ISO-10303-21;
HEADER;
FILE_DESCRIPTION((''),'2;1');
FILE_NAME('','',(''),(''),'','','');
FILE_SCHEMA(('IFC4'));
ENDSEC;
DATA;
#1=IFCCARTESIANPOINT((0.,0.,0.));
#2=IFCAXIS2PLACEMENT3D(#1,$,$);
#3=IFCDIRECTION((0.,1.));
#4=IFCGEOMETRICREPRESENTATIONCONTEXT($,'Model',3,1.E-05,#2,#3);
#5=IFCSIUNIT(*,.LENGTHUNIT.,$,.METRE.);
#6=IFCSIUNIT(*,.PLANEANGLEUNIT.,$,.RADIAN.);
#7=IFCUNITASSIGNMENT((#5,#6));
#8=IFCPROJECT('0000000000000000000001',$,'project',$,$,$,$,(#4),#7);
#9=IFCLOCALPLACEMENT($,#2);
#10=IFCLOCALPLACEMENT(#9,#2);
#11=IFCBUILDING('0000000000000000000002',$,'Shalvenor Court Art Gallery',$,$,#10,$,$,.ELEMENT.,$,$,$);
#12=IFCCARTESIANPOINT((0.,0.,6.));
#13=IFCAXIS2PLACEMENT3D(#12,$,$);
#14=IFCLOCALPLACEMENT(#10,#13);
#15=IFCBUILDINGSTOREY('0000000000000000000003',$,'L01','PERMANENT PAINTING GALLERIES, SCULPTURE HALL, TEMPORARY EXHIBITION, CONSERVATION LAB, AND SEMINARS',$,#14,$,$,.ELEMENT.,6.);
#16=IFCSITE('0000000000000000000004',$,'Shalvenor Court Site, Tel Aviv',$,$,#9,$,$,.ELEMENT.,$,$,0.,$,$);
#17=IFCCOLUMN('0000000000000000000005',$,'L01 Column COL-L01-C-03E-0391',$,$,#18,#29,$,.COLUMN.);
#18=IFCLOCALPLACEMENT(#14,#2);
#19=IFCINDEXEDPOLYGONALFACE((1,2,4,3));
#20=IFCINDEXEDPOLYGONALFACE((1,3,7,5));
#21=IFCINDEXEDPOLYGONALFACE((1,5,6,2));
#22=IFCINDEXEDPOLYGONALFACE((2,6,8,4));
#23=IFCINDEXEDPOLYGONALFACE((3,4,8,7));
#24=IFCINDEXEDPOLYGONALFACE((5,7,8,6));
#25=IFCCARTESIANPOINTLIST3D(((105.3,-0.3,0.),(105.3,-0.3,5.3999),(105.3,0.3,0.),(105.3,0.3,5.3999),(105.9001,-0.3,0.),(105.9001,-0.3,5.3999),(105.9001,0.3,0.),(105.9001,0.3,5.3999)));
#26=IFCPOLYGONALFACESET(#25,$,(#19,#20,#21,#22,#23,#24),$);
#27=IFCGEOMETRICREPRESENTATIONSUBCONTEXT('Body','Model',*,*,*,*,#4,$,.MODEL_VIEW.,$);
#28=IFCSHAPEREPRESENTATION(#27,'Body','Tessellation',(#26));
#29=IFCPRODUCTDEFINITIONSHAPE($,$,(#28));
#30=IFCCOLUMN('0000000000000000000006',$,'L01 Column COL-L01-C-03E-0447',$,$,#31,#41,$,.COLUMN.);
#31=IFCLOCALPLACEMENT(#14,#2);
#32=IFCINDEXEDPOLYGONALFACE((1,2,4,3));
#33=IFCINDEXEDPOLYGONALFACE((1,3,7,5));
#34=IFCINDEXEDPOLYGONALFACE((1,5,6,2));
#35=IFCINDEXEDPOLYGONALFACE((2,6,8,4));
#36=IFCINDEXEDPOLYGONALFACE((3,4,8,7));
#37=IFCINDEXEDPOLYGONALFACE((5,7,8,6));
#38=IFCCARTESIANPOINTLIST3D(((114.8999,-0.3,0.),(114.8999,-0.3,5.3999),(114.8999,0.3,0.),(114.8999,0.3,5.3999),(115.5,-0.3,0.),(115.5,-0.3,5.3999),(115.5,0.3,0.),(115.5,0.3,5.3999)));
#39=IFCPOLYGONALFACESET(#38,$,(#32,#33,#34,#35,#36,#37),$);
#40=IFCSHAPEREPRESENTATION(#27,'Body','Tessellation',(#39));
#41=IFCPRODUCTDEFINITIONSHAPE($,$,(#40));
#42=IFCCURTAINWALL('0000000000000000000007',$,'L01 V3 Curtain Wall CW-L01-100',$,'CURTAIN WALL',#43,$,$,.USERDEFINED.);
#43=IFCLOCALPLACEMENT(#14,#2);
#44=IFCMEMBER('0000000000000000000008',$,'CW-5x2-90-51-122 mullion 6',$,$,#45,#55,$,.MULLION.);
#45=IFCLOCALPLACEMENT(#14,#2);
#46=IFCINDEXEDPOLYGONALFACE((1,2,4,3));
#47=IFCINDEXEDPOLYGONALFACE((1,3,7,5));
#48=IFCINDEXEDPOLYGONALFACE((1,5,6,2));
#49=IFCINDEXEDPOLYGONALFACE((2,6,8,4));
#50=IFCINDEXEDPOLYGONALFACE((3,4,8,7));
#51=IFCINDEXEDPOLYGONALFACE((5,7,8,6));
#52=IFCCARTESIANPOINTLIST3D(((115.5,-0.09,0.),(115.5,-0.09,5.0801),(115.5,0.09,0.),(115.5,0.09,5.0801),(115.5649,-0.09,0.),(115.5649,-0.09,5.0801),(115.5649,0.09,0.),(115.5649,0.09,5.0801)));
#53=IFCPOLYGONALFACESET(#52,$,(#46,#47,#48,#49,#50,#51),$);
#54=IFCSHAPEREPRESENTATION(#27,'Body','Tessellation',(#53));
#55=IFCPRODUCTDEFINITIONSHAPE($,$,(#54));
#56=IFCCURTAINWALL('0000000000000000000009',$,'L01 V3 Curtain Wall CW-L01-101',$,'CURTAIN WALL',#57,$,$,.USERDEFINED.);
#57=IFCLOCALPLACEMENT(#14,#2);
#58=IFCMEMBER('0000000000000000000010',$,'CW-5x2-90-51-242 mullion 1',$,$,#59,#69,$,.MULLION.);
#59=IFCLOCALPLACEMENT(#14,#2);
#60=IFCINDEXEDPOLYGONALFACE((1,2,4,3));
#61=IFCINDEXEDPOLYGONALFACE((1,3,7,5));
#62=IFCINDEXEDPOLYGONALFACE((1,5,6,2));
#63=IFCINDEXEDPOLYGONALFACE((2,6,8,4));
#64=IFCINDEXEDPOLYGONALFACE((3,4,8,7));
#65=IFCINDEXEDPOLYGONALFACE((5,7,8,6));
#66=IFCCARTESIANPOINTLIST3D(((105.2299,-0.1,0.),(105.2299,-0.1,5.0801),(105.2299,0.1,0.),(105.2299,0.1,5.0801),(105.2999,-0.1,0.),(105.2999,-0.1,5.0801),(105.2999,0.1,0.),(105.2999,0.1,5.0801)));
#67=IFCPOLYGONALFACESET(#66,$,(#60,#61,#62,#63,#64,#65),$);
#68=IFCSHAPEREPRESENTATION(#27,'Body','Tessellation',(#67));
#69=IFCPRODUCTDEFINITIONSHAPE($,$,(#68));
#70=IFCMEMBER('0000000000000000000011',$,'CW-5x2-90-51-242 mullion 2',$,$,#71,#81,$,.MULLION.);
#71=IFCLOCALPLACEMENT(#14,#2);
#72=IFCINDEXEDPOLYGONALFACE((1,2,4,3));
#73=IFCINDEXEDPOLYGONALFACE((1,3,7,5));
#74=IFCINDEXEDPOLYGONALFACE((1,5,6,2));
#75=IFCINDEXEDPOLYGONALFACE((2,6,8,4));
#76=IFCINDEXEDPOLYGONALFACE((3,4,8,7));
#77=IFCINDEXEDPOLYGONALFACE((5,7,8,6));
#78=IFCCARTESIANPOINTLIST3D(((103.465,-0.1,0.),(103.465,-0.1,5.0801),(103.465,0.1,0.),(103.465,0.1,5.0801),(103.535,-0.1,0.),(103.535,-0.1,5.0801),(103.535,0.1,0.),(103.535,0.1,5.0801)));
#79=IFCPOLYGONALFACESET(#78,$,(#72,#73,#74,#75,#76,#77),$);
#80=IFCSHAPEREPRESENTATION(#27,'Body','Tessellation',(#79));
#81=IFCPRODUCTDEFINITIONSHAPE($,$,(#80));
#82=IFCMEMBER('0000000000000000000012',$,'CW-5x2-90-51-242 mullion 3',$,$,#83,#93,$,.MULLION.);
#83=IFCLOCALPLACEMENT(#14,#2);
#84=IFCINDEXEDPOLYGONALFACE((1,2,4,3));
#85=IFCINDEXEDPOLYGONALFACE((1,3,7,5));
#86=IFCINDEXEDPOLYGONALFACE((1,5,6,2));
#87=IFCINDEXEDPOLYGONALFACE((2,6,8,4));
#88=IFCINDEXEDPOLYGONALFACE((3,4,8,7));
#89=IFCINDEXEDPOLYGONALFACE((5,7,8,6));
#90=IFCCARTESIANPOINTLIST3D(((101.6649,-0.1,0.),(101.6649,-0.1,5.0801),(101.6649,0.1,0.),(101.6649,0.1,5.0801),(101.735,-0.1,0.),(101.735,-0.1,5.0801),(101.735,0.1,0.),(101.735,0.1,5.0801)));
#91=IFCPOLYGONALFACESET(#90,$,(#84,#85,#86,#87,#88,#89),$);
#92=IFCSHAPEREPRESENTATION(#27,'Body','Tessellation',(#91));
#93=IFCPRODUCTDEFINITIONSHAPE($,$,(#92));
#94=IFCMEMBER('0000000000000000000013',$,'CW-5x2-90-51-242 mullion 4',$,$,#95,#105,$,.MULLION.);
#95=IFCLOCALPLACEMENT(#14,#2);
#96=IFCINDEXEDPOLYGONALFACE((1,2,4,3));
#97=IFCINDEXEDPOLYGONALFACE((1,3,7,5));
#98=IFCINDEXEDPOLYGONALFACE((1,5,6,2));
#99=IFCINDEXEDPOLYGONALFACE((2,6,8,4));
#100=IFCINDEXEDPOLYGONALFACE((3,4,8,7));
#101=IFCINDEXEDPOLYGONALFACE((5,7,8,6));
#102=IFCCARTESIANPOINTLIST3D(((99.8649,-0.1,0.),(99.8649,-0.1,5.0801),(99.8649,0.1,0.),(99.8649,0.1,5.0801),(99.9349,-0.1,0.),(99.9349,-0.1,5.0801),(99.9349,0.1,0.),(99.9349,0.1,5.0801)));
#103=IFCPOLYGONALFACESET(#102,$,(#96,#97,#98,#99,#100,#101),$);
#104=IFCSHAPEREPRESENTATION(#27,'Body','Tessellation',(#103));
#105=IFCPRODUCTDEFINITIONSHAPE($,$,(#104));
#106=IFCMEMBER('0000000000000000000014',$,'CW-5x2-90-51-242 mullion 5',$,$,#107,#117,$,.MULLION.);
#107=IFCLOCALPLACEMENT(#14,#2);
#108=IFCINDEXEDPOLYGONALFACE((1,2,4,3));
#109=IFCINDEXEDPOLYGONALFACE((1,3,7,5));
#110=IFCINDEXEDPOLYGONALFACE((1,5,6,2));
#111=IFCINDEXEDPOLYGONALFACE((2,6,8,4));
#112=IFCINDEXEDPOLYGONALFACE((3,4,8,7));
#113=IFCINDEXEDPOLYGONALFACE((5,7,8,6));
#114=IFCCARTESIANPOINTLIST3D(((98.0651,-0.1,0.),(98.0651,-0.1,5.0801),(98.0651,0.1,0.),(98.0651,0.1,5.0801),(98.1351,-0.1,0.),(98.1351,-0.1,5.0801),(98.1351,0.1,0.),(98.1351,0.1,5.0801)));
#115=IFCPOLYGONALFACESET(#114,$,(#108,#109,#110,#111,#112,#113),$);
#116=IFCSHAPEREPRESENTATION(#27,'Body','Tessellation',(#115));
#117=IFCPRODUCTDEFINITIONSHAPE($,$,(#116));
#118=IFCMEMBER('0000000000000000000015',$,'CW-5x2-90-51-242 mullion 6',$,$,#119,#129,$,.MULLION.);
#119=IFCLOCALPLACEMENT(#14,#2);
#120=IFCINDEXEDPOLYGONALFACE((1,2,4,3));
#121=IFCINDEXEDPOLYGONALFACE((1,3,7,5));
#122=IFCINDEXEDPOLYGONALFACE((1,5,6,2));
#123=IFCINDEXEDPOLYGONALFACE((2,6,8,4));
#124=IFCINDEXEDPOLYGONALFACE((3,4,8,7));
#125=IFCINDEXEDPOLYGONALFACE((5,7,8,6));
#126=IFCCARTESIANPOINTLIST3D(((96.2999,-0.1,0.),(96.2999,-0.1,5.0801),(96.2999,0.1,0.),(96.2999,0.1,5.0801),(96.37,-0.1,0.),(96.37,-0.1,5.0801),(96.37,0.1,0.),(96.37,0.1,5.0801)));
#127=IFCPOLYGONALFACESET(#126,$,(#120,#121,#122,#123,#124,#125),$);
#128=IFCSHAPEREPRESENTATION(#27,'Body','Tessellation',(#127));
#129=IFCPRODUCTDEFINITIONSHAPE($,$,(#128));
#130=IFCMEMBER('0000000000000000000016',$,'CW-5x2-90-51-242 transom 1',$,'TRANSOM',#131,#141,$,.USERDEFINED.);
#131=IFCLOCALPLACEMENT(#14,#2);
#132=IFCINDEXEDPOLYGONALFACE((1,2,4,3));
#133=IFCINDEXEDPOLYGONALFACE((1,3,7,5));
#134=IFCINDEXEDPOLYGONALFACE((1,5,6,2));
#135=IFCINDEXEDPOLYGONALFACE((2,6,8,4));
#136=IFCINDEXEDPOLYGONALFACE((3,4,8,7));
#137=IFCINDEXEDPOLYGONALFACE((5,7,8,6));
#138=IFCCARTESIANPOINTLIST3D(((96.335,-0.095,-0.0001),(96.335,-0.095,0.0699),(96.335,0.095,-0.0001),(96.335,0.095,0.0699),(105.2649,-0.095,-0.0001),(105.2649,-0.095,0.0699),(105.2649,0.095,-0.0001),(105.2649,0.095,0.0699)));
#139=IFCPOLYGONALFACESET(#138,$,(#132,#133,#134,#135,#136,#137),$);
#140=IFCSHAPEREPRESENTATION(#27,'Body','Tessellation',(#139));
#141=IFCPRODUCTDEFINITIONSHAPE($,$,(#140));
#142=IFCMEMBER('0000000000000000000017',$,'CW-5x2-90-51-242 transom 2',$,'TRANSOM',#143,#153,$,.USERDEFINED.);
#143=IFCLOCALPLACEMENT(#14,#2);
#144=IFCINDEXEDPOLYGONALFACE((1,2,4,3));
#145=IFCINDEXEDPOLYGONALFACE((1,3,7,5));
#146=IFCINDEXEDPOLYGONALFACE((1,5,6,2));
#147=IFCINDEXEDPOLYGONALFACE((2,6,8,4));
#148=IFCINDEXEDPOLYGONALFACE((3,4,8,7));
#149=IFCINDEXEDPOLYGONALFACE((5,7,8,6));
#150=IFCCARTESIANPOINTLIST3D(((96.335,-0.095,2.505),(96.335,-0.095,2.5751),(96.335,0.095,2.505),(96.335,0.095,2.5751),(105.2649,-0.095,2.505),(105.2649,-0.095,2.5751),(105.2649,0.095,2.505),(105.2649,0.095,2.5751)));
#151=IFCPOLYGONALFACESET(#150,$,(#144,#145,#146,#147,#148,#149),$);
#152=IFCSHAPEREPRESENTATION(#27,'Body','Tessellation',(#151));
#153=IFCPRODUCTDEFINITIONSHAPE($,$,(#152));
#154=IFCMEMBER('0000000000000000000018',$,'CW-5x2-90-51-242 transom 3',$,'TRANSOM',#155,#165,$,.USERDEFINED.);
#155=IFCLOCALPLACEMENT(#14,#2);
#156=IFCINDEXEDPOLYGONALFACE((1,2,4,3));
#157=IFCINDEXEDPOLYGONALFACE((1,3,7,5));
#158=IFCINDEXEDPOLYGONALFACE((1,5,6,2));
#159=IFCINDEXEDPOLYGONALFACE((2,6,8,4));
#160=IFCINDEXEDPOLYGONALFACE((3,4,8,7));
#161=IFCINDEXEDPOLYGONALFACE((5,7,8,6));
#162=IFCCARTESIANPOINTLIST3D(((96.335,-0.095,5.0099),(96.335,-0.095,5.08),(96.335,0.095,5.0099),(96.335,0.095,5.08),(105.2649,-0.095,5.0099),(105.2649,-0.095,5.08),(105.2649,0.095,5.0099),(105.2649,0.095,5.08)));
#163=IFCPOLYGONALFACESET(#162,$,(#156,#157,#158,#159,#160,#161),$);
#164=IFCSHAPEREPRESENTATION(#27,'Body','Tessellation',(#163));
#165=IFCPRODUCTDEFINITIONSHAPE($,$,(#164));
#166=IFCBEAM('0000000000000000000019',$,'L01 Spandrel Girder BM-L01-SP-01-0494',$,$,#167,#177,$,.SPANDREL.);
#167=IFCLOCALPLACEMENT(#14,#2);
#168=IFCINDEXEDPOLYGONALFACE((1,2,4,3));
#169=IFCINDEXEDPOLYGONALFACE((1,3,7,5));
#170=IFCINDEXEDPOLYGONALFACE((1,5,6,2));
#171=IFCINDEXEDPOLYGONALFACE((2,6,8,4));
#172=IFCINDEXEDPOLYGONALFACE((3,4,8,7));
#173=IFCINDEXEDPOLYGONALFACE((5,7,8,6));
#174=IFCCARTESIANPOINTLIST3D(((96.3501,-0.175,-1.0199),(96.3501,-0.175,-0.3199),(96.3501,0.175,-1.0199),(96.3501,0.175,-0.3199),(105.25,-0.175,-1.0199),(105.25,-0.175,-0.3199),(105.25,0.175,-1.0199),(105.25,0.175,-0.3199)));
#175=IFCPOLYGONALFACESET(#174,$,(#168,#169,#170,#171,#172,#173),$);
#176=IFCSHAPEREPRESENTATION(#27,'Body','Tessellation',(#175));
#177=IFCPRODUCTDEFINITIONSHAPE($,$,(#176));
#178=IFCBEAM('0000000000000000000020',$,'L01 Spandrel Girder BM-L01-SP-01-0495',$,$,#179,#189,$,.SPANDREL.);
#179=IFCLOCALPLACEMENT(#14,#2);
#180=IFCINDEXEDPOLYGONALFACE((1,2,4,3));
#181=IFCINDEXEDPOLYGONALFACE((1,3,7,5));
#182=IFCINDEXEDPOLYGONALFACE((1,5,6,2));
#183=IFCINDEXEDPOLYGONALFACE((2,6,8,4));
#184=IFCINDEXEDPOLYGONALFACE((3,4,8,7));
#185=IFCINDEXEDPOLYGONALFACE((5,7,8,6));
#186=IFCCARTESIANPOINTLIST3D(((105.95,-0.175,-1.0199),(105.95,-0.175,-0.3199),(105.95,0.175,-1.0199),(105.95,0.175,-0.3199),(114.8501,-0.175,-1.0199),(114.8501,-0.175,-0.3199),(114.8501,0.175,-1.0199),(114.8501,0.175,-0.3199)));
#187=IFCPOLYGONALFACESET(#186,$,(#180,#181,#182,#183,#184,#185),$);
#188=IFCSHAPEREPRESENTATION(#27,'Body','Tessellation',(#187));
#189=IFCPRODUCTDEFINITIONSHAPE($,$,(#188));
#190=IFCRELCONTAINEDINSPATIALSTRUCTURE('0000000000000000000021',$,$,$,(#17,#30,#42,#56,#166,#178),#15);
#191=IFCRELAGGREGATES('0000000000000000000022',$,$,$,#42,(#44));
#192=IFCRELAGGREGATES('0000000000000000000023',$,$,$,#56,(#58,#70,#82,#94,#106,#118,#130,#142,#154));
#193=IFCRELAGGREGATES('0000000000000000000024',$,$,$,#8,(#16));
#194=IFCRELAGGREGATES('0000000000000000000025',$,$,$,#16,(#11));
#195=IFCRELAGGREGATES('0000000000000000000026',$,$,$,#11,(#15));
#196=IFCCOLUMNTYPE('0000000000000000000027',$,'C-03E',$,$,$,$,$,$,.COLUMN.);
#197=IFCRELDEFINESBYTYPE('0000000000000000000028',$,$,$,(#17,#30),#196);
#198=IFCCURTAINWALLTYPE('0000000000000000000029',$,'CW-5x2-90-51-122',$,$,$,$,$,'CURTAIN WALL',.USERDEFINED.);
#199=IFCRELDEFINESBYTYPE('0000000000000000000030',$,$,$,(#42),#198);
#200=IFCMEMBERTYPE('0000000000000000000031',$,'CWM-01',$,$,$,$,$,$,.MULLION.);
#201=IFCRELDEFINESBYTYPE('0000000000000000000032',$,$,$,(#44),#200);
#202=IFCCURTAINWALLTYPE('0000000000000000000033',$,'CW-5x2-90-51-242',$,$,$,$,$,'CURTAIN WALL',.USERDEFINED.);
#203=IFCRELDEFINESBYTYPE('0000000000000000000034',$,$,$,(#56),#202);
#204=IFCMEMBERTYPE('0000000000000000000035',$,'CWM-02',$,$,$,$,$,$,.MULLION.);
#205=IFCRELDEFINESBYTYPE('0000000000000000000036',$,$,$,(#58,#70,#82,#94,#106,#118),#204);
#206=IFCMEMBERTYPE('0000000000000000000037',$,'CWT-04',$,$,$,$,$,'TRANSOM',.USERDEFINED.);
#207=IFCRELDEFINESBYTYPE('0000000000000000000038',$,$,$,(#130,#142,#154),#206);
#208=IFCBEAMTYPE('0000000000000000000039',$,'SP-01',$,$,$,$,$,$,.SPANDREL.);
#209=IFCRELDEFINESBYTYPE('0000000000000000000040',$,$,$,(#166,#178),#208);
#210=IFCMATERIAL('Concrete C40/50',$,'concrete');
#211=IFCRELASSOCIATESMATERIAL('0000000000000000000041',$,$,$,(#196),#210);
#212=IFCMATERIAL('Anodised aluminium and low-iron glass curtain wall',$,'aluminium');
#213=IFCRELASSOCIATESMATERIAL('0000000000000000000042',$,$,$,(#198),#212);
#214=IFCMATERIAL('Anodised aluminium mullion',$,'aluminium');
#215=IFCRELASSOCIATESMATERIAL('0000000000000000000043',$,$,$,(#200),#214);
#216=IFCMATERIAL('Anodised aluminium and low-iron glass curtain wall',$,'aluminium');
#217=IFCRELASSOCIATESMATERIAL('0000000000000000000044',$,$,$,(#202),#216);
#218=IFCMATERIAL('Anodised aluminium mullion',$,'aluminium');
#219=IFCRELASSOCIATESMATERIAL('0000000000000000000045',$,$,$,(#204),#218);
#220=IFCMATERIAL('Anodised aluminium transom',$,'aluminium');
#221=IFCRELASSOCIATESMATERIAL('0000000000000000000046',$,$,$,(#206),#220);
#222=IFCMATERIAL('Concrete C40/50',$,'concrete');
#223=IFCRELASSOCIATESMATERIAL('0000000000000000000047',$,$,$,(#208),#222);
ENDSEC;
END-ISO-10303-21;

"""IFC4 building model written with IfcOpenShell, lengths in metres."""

from ifc_helpers import new_model, si_unit, direction, frame, origin, origin_2d, place, context, subcontext, project, spatial, rectangle, extrude, material, material_profile, profile_set, type_object, element, aggregate, save


model = new_model("IFC4")

# Units and contexts
model_context = context("Model", 3, precision=1e-05, world=origin(), true_north=direction((0.0, 1.0)))
body_context = subcontext(model_context, "Body", "Model", "MODEL_VIEW")
ifc_project = project(units=[si_unit("LENGTHUNIT", "METRE"), si_unit("PLANEANGLEUNIT", "RADIAN")], contexts=[model_context])

# Site, building, storey
site_placement = place(None, origin())
site = spatial("IfcSite", under=ifc_project, at=site_placement, Name="Shalvenor Court Site, Tel Aviv", CompositionType="ELEMENT", RefElevation=0.0)
building_placement = place(site_placement, origin())
building = spatial("IfcBuilding", under=site, at=building_placement, Name="Shalvenor Court Art Gallery", CompositionType="ELEMENT")
storey_placement = place(building_placement, frame((0.0, 0.0, 6.0)))
storey = spatial("IfcBuildingStorey", under=building, at=storey_placement, Name="L01", Description="PERMANENT PAINTING GALLERIES, SCULPTURE HALL, TEMPORARY EXHIBITION, CONSERVATION LAB, AND SEMINARS", CompositionType="ELEMENT", Elevation=6.0)

# Columns
ifc_material_1 = material(Name="Concrete C40/50", Category="concrete")
ifc_material_profile_1 = material_profile(ifc_material_1, rectangle(XDim=0.6001, YDim=0.6001, at=origin_2d()), Name="RC 600x600")
ifc_profile_set_1 = profile_set([ifc_material_profile_1], Name="Concrete C40/50")
column_type = type_object("IfcColumnType", Name="C-03E", PredefinedType="COLUMN", material=ifc_profile_set_1)
for number, where, z_axis, x_axis, name in (
    (1, (105.6001, 0.0, 0.0), (0.0, 0.0, 1.0), (1.0, 0.0, 0.0), "L01 Column COL-L01-C-03E-0391"),
    (2, (115.2, 0.0, 0.0), (0.0, 0.0, 1.0), (1.0, 0.0, 0.0), "L01 Column COL-L01-C-03E-0447"),
):
    element("IfcColumn", number, at=place(storey_placement, frame(where, z_axis=z_axis, x_axis=x_axis)), inside=storey, type_object=column_type, Name=name, PredefinedType="COLUMN", context=body_context, shape_type="SweptSolid", body=[
        extrude(rectangle(XDim=0.6001, YDim=0.6001, at=origin_2d()), origin(), (0.0, 0.0, 1.0), 5.3999),
    ])

# Curtain wall, member
ifc_material_2 = material(Name="Anodised aluminium and low-iron glass curtain wall", Category="aluminium")
curtain_wall_type_1 = type_object("IfcCurtainWallType", Name="CW-5x2-90-51-122", ElementType="CURTAIN WALL", PredefinedType="USERDEFINED", material=ifc_material_2)
curtain_wall_1_placement = place(storey_placement, origin())
curtain_wall_1 = element("IfcCurtainWall", 3, at=curtain_wall_1_placement, inside=storey, type_object=curtain_wall_type_1, Name="L01 V3 Curtain Wall CW-L01-100", ObjectType="CURTAIN WALL", PredefinedType="USERDEFINED")
ifc_material_3 = material(Name="Anodised aluminium mullion", Category="aluminium")
ifc_material_profile_2 = material_profile(ifc_material_3, rectangle(XDim=0.0649, YDim=0.1799, at=origin_2d()), Name="CWM-01")
ifc_profile_set_2 = profile_set([ifc_material_profile_2], Name="Anodised aluminium mullion")
member_type_1 = type_object("IfcMemberType", Name="CWM-01", PredefinedType="MULLION", material=ifc_profile_set_2)
member_1_placement = place(storey_placement, frame((115.5325, 0.0, 0.0), z_axis=(0.0, 0.0, 1.0), x_axis=(-1.0, 0.0, 0.0)))
member_1 = element("IfcMember", 4, at=member_1_placement, type_object=member_type_1, Name="CW-5x2-90-51-122 mullion 6", PredefinedType="MULLION", context=body_context, shape_type="SweptSolid", body=[
    extrude(rectangle(XDim=0.0649, YDim=0.1799, at=origin_2d()), origin(), (0.0, 0.0, 1.0), 5.0801),
])
aggregate(curtain_wall_1, [member_1])

# Curtain wall, members
ifc_material_4 = material(Name="Anodised aluminium and low-iron glass curtain wall", Category="aluminium")
curtain_wall_type_2 = type_object("IfcCurtainWallType", Name="CW-5x2-90-51-242", ElementType="CURTAIN WALL", PredefinedType="USERDEFINED", material=ifc_material_4)
curtain_wall_2_placement = place(storey_placement, origin())
curtain_wall_2 = element("IfcCurtainWall", 5, at=curtain_wall_2_placement, inside=storey, type_object=curtain_wall_type_2, Name="L01 V3 Curtain Wall CW-L01-101", ObjectType="CURTAIN WALL", PredefinedType="USERDEFINED")
ifc_material_5 = material(Name="Anodised aluminium mullion", Category="aluminium")
ifc_material_profile_3 = material_profile(ifc_material_5, rectangle(XDim=0.0701, YDim=0.2, at=origin_2d()), Name="CWM-02")
ifc_profile_set_3 = profile_set([ifc_material_profile_3], Name="Anodised aluminium mullion")
member_type_2 = type_object("IfcMemberType", Name="CWM-02", PredefinedType="MULLION", material=ifc_profile_set_3)
member_2_placement = place(storey_placement, frame((105.2649, 0.0, 0.0), z_axis=(0.0, 0.0, 1.0), x_axis=(-1.0, 0.0, 0.0)))
member_2 = element("IfcMember", 6, at=member_2_placement, type_object=member_type_2, Name="CW-5x2-90-51-242 mullion 1", PredefinedType="MULLION", context=body_context, shape_type="SweptSolid", body=[
    extrude(rectangle(XDim=0.0701, YDim=0.2, at=origin_2d()), origin(), (0.0, 0.0, 1.0), 5.0801),
])
member_3_placement = place(storey_placement, frame((103.5, 0.0, 0.0), z_axis=(0.0, 0.0, 1.0), x_axis=(-1.0, 0.0, 0.0)))
member_3 = element("IfcMember", 7, at=member_3_placement, type_object=member_type_2, Name="CW-5x2-90-51-242 mullion 2", PredefinedType="MULLION", context=body_context, shape_type="SweptSolid", body=[
    extrude(rectangle(XDim=0.0701, YDim=0.2, at=origin_2d()), origin(), (0.0, 0.0, 1.0), 5.0801),
])
member_4_placement = place(storey_placement, frame((101.7, 0.0, 0.0), z_axis=(0.0, 0.0, 1.0), x_axis=(-1.0, 0.0, 0.0)))
member_4 = element("IfcMember", 8, at=member_4_placement, type_object=member_type_2, Name="CW-5x2-90-51-242 mullion 3", PredefinedType="MULLION", context=body_context, shape_type="SweptSolid", body=[
    extrude(rectangle(XDim=0.0701, YDim=0.2, at=origin_2d()), origin(), (0.0, 0.0, 1.0), 5.0801),
])
member_5_placement = place(storey_placement, frame((99.8999, 0.0, 0.0), z_axis=(0.0, 0.0, 1.0), x_axis=(-1.0, 0.0, 0.0)))
member_5 = element("IfcMember", 9, at=member_5_placement, type_object=member_type_2, Name="CW-5x2-90-51-242 mullion 4", PredefinedType="MULLION", context=body_context, shape_type="SweptSolid", body=[
    extrude(rectangle(XDim=0.0701, YDim=0.2, at=origin_2d()), origin(), (0.0, 0.0, 1.0), 5.0801),
])
member_6_placement = place(storey_placement, frame((98.1001, 0.0, 0.0), z_axis=(0.0, 0.0, 1.0), x_axis=(-1.0, 0.0, 0.0)))
member_6 = element("IfcMember", 10, at=member_6_placement, type_object=member_type_2, Name="CW-5x2-90-51-242 mullion 5", PredefinedType="MULLION", context=body_context, shape_type="SweptSolid", body=[
    extrude(rectangle(XDim=0.0701, YDim=0.2, at=origin_2d()), origin(), (0.0, 0.0, 1.0), 5.0801),
])
member_7_placement = place(storey_placement, frame((96.335, 0.0, 0.0), z_axis=(0.0, 0.0, 1.0), x_axis=(-1.0, 0.0, 0.0)))
member_7 = element("IfcMember", 11, at=member_7_placement, type_object=member_type_2, Name="CW-5x2-90-51-242 mullion 6", PredefinedType="MULLION", context=body_context, shape_type="SweptSolid", body=[
    extrude(rectangle(XDim=0.0701, YDim=0.2, at=origin_2d()), origin(), (0.0, 0.0, 1.0), 5.0801),
])
ifc_material_6 = material(Name="Anodised aluminium transom", Category="aluminium")
ifc_material_profile_4 = material_profile(ifc_material_6, rectangle(XDim=0.1899, YDim=0.0701, at=origin_2d()), Name="CWT-04")
ifc_profile_set_4 = profile_set([ifc_material_profile_4], Name="Anodised aluminium transom")
member_type_3 = type_object("IfcMemberType", Name="CWT-04", ElementType="TRANSOM", PredefinedType="USERDEFINED", material=ifc_profile_set_4)
member_8_placement = place(storey_placement, frame((105.2649, 0.0, 0.0349), z_axis=(-1.0, 0.0, 0.0), x_axis=(0.0, -1.0, 0.0)))
member_8 = element("IfcMember", 12, at=member_8_placement, type_object=member_type_3, Name="CW-5x2-90-51-242 transom 1", ObjectType="TRANSOM", PredefinedType="USERDEFINED", context=body_context, shape_type="SweptSolid", body=[
    extrude(rectangle(XDim=0.1899, YDim=0.0701, at=origin_2d()), origin(), (0.0, 0.0, 1.0), 8.9299),
])
member_9_placement = place(storey_placement, frame((105.2649, 0.0, 2.54), z_axis=(-1.0, 0.0, 0.0), x_axis=(0.0, -1.0, 0.0)))
member_9 = element("IfcMember", 13, at=member_9_placement, type_object=member_type_3, Name="CW-5x2-90-51-242 transom 2", ObjectType="TRANSOM", PredefinedType="USERDEFINED", context=body_context, shape_type="SweptSolid", body=[
    extrude(rectangle(XDim=0.1899, YDim=0.0701, at=origin_2d()), origin(), (0.0, 0.0, 1.0), 8.9299),
])
member_10_placement = place(storey_placement, frame((105.2649, 0.0, 5.0449), z_axis=(-1.0, 0.0, 0.0), x_axis=(0.0, -1.0, 0.0)))
member_10 = element("IfcMember", 14, at=member_10_placement, type_object=member_type_3, Name="CW-5x2-90-51-242 transom 3", ObjectType="TRANSOM", PredefinedType="USERDEFINED", context=body_context, shape_type="SweptSolid", body=[
    extrude(rectangle(XDim=0.1899, YDim=0.0701, at=origin_2d()), origin(), (0.0, 0.0, 1.0), 8.9299),
])

# Beams
ifc_material_7 = material(Name="Concrete C40/50", Category="concrete")
ifc_material_profile_5 = material_profile(ifc_material_7, rectangle(XDim=0.3501, YDim=0.7, at=origin_2d()), Name="RC 350x700")
ifc_profile_set_5 = profile_set([ifc_material_profile_5], Name="Concrete C40/50")
beam_type = type_object("IfcBeamType", Name="SP-01", PredefinedType="SPANDREL", material=ifc_profile_set_5)
beam_1_placement = place(storey_placement, frame((96.3501, 0.0, -0.6699), z_axis=(1.0, 0.0, 0.0), x_axis=(0.0, 1.0, 0.0)))
element("IfcBeam", 15, at=beam_1_placement, inside=storey, type_object=beam_type, Name="L01 Spandrel Girder BM-L01-SP-01-0494", PredefinedType="SPANDREL", context=body_context, shape_type="SweptSolid", body=[
    extrude(rectangle(XDim=0.3501, YDim=0.7, at=origin_2d()), origin(), (0.0, 0.0, 1.0), 8.8999),
])
beam_2_placement = place(storey_placement, frame((105.95, 0.0, -0.6699), z_axis=(1.0, 0.0, 0.0), x_axis=(0.0, 1.0, 0.0)))
element("IfcBeam", 16, at=beam_2_placement, inside=storey, type_object=beam_type, Name="L01 Spandrel Girder BM-L01-SP-01-0495", PredefinedType="SPANDREL", context=body_context, shape_type="SweptSolid", body=[
    extrude(rectangle(XDim=0.3501, YDim=0.7, at=origin_2d()), origin(), (0.0, 0.0, 1.0), 8.9001),
])

aggregate(curtain_wall_2, [member_2, member_3, member_4, member_5, member_6, member_7, member_8, member_9, member_10])

save(model, "model.ifc")
